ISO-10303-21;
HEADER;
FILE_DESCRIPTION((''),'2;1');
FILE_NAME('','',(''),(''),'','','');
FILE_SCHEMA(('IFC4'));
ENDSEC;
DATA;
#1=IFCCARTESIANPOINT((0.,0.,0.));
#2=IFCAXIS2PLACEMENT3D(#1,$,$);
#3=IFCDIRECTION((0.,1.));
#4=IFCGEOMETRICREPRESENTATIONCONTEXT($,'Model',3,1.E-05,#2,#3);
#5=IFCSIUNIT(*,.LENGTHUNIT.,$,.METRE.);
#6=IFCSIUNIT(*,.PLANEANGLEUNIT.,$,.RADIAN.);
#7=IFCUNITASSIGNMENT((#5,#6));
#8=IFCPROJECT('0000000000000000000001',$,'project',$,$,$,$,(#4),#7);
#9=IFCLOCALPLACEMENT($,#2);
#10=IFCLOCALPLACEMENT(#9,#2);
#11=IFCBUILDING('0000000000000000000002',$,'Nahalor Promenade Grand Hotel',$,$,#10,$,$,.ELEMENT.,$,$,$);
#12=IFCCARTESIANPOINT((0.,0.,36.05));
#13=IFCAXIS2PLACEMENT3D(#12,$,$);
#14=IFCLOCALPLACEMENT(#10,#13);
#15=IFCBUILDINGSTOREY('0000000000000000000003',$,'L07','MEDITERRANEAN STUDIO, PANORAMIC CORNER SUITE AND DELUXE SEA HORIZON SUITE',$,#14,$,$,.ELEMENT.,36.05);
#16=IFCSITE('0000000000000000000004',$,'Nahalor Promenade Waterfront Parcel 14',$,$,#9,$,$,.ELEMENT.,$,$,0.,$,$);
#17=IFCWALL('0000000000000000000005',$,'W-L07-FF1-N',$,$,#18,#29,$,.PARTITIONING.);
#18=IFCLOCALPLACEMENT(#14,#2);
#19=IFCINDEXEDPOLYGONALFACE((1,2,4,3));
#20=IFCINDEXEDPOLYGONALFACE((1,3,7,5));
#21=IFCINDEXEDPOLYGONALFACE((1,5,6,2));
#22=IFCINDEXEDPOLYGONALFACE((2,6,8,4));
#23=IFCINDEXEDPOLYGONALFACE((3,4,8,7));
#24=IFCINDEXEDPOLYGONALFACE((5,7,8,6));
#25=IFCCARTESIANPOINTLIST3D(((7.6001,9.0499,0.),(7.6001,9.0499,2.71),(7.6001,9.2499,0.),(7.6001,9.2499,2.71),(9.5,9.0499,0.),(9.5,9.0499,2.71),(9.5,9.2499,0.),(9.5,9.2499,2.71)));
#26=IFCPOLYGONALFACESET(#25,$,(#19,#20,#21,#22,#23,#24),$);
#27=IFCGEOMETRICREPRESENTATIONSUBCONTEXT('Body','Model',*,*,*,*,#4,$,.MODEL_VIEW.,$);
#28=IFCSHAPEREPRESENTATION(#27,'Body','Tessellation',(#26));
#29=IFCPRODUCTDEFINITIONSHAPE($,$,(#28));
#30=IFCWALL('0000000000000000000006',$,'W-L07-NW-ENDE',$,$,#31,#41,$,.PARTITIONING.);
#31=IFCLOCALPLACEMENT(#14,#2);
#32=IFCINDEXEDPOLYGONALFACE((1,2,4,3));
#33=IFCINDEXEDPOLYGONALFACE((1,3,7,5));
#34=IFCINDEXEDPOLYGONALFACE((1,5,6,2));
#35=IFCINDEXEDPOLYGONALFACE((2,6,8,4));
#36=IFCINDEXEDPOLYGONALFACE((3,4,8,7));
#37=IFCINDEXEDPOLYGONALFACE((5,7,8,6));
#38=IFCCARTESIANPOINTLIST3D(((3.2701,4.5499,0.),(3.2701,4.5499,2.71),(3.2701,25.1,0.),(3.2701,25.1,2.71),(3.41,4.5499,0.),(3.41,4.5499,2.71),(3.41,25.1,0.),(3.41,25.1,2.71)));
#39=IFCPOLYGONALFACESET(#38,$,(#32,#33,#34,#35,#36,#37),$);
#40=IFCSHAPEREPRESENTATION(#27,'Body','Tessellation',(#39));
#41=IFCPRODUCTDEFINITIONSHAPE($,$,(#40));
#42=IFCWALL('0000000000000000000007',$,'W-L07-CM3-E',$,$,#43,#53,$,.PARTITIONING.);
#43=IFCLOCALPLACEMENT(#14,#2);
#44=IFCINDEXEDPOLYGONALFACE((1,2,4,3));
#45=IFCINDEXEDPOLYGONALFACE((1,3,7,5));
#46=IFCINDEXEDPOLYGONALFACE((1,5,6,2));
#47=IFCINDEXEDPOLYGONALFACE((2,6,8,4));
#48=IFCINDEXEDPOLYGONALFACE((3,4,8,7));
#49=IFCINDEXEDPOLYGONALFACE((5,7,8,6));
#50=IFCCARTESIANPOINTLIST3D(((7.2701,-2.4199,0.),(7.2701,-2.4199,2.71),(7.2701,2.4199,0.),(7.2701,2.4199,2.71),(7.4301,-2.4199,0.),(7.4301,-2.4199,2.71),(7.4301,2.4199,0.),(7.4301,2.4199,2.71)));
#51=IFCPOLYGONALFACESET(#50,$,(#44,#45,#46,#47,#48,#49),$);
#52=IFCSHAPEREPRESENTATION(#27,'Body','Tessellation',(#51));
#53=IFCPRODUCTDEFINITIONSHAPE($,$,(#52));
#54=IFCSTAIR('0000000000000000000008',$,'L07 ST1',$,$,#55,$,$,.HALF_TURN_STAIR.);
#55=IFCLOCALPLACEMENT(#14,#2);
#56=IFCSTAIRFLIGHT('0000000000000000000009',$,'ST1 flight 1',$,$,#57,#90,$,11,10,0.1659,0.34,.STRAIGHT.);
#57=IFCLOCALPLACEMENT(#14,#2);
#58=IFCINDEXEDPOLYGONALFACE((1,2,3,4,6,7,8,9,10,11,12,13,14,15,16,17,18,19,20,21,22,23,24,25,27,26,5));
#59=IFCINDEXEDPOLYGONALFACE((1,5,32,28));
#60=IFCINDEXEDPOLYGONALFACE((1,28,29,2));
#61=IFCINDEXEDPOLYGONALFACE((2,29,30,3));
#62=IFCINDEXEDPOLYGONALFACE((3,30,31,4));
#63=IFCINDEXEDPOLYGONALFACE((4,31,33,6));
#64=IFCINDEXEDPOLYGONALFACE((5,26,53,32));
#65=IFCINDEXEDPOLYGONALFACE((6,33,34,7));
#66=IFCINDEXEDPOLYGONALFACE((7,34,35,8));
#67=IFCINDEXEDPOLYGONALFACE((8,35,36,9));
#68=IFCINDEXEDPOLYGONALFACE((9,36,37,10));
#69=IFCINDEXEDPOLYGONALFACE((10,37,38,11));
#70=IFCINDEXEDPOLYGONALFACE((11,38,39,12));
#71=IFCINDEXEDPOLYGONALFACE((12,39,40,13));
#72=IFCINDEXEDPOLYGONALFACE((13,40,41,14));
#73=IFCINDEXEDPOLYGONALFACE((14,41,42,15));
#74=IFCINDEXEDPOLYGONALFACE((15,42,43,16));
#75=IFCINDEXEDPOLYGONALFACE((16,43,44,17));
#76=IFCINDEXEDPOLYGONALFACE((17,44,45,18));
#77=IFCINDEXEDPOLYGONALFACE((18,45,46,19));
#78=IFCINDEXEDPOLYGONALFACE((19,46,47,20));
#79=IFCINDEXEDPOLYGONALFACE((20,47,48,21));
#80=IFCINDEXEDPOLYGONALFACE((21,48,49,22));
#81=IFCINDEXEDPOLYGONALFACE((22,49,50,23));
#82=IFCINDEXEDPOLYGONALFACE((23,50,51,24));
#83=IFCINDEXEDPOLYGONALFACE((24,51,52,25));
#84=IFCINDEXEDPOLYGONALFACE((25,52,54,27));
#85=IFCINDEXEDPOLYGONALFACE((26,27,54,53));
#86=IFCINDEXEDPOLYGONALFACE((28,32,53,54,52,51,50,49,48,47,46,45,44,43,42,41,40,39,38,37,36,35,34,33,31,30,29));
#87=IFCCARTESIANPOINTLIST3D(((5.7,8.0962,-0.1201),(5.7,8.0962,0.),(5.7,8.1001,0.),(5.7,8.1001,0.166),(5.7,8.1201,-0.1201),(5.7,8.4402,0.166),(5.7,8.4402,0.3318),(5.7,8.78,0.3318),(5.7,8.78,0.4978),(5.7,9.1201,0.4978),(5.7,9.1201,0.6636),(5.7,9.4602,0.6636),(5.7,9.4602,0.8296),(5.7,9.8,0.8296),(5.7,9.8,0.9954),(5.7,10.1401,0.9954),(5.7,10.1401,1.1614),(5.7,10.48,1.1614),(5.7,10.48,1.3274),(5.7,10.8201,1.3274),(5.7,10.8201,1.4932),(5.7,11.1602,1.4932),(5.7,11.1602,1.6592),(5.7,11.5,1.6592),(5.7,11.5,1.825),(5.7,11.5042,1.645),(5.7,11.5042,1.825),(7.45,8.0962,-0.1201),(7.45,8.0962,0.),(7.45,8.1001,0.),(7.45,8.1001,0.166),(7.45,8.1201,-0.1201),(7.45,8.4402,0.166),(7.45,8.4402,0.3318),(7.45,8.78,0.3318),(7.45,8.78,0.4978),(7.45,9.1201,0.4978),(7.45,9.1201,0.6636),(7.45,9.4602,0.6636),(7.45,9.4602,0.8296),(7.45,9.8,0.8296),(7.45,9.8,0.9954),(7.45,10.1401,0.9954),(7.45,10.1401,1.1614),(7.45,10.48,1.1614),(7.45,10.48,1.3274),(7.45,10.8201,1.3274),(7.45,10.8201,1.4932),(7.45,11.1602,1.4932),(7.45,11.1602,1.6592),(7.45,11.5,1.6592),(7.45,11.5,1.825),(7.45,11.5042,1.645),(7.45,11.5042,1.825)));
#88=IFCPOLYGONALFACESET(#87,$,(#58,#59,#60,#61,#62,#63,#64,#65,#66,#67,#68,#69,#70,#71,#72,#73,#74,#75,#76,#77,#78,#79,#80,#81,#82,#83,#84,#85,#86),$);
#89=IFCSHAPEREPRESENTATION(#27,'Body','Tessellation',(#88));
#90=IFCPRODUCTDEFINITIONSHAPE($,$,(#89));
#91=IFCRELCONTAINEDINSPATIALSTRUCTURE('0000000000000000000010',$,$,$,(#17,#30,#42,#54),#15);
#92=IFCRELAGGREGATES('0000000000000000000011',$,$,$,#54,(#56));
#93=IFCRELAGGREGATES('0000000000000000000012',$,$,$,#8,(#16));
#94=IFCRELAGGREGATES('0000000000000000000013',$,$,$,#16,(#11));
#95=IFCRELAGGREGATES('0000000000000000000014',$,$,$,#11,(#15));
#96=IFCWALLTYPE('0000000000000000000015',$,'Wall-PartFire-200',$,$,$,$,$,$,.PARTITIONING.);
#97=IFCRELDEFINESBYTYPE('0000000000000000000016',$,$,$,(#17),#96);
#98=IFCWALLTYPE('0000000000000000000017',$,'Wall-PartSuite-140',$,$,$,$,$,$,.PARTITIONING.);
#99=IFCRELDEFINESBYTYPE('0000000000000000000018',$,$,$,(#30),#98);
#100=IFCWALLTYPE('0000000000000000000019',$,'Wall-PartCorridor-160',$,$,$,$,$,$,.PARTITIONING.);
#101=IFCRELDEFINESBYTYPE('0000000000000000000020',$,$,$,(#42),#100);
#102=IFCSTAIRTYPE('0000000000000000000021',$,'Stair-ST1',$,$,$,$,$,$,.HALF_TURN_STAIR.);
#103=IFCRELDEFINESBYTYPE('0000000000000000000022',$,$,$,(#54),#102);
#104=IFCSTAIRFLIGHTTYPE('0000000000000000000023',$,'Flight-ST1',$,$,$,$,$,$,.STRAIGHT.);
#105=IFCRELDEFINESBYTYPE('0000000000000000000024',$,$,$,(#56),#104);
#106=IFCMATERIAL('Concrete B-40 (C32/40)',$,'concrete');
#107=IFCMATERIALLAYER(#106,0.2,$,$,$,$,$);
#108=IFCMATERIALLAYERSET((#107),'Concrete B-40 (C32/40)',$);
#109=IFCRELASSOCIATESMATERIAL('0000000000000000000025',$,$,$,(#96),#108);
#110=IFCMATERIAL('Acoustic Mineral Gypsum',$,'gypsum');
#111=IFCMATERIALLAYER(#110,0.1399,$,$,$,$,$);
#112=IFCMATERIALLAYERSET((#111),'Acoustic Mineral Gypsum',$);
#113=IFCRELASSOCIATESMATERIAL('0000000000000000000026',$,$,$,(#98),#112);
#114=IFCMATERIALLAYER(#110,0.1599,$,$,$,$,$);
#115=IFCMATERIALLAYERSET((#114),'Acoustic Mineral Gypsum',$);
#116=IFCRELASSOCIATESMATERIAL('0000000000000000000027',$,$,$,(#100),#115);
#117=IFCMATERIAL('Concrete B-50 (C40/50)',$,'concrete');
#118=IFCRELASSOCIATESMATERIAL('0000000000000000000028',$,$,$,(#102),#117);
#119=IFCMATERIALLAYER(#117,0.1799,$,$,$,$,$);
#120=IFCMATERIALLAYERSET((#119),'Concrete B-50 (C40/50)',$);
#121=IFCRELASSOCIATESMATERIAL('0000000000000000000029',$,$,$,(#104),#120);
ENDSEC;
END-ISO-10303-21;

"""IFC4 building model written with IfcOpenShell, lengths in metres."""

from ifc_helpers import new_model, si_unit, direction, frame, frame_2d, origin, place, context, subcontext, project, spatial, polyline, rectangle, outline, extrude, source, transform, mapped, material, layer, layer_set, type_object, element, aggregate, save


model = new_model("IFC4")

# Units and contexts
model_context = context("Model", 3, precision=1e-05, world=origin(), true_north=direction((0.0, 1.0)))
body_context = subcontext(model_context, "Body", "Model", "MODEL_VIEW")
ifc_project = project(units=[si_unit("LENGTHUNIT", "METRE"), si_unit("PLANEANGLEUNIT", "RADIAN")], contexts=[model_context])

# Site, building, storey
site_placement = place(None, origin())
site = spatial("IfcSite", under=ifc_project, at=site_placement, Name="Nahalor Promenade Waterfront Parcel 14", CompositionType="ELEMENT", RefElevation=0.0)
building_placement = place(site_placement, origin())
building = spatial("IfcBuilding", under=site, at=building_placement, Name="Nahalor Promenade Grand Hotel", CompositionType="ELEMENT")
storey_placement = place(building_placement, frame((0.0, 0.0, 36.05)))
storey = spatial("IfcBuildingStorey", under=building, at=storey_placement, Name="L07", Description="MEDITERRANEAN STUDIO, PANORAMIC CORNER SUITE AND DELUXE SEA HORIZON SUITE", CompositionType="ELEMENT", Elevation=36.05)

# Shared definitions
ifc_material_1 = material(Name="Concrete B-50 (C40/50)", Category="concrete")

# Wall
ifc_material_2 = material(Name="Concrete B-40 (C32/40)", Category="concrete")
ifc_layer_1 = layer(ifc_material_2, 0.2)
ifc_layer_set_1 = layer_set([ifc_layer_1], Name="Concrete B-40 (C32/40)")
wall_type_1 = type_object("IfcWallType", Name="Wall-PartFire-200", PredefinedType="PARTITIONING", material=ifc_layer_set_1)
shared_shape_1 = source(origin(), body_context, "Body", "SweptSolid", [
    extrude(rectangle(XDim=1.8999, YDim=0.2, at=frame_2d((0.95, 0.0))), origin(), (0.0, 0.0, 1.0), 2.71),
])
wall_1_placement = place(storey_placement, frame((7.6001, 9.1499, 0.0), z_axis=(0.0, 0.0, 1.0), x_axis=(1.0, 0.0, 0.0)))
element("IfcWall", 1, at=wall_1_placement, inside=storey, type_object=wall_type_1, Name="W-L07-FF1-N", PredefinedType="PARTITIONING", context=body_context, shape_type="MappedRepresentation", body=[
    mapped(shared_shape_1, transform((0.0, 0.0, 0.0), scale=1.0)),
])

# Walls
ifc_material_3 = material(Name="Acoustic Mineral Gypsum", Category="gypsum")
ifc_layer_2 = layer(ifc_material_3, 0.1399)
ifc_layer_set_2 = layer_set([ifc_layer_2], Name="Acoustic Mineral Gypsum")
wall_type_2 = type_object("IfcWallType", Name="Wall-PartSuite-140", PredefinedType="PARTITIONING", material=ifc_layer_set_2)
shared_shape_2 = source(origin(), body_context, "Body", "SweptSolid", [
    extrude(rectangle(XDim=20.55, YDim=0.1399, at=frame_2d((10.2749, 0.0))), origin(), (0.0, 0.0, 1.0), 2.71),
])
wall_2_placement = place(storey_placement, frame((3.3401, 4.55, 0.0), z_axis=(0.0, 0.0, 1.0), x_axis=(0.0, 1.0, 0.0)))
element("IfcWall", 2, at=wall_2_placement, inside=storey, type_object=wall_type_2, Name="W-L07-NW-ENDE", PredefinedType="PARTITIONING", context=body_context, shape_type="MappedRepresentation", body=[
    mapped(shared_shape_2, transform((0.0, 0.0, 0.0), scale=1.0)),
])
ifc_layer_3 = layer(ifc_material_3, 0.1599)
ifc_layer_set_3 = layer_set([ifc_layer_3], Name="Acoustic Mineral Gypsum")
wall_type_3 = type_object("IfcWallType", Name="Wall-PartCorridor-160", PredefinedType="PARTITIONING", material=ifc_layer_set_3)
shared_shape_3 = source(origin(), body_context, "Body", "SweptSolid", [
    extrude(rectangle(XDim=4.8398, YDim=0.1599, at=frame_2d((2.4199, 0.0))), origin(), (0.0, 0.0, 1.0), 2.71),
])
wall_3_placement = place(storey_placement, frame((7.3501, -2.4199, 0.0), z_axis=(0.0, 0.0, 1.0), x_axis=(0.0, 1.0, 0.0)))
element("IfcWall", 3, at=wall_3_placement, inside=storey, type_object=wall_type_3, Name="W-L07-CM3-E", PredefinedType="PARTITIONING", context=body_context, shape_type="MappedRepresentation", body=[
    mapped(shared_shape_3, transform((0.0, 0.0, 0.0), scale=1.0)),
])

# Stair, stair flight
stair_type = type_object("IfcStairType", Name="Stair-ST1", PredefinedType="HALF_TURN_STAIR", material=ifc_material_1)
stair_placement = place(storey_placement, origin())
stair = element("IfcStair", 4, at=stair_placement, inside=storey, type_object=stair_type, Name="L07 ST1", PredefinedType="HALF_TURN_STAIR")
ifc_layer_4 = layer(ifc_material_1, 0.1799)
ifc_layer_set_4 = layer_set([ifc_layer_4], Name="Concrete B-50 (C40/50)")
stair_flight_type = type_object("IfcStairFlightType", Name="Flight-ST1", PredefinedType="STRAIGHT", material=ifc_layer_set_4)
shared_shape_4 = source(origin(), body_context, "Body", "SweptSolid", [
    extrude(outline(polyline([(-0.0039, -0.1201), (-0.0039, 0.0), (0.0, 0.0), (0.0, 0.166), (0.3401, 0.166), (0.3401, 0.3318), (0.6799, 0.3318), (0.6799, 0.4978), (1.02, 0.4978), (1.02, 0.6636), (1.3601, 0.6636), (1.3601, 0.8296), (1.7, 0.8296), (1.7, 0.9954), (2.04, 0.9954), (2.04, 1.1614), (2.3799, 1.1614), (2.3799, 1.3274), (2.72, 1.3274), (2.72, 1.4932), (3.0601, 1.4932), (3.0601, 1.6592), (3.3999, 1.6592), (3.3999, 1.825), (3.4041, 1.825), (3.4041, 1.645), (0.02, -0.1201), (-0.0039, -0.1201)])), frame((0.0, 0.875, 0.0), z_axis=(0.0, -1.0, 0.0), x_axis=(1.0, 0.0, 0.0)), (0.0, 0.0, 1.0), 1.75),
])
stair_flight_placement = place(storey_placement, frame((6.575, 8.1001, 0.0), z_axis=(0.0, 0.0, 1.0), x_axis=(0.0, 1.0, 0.0)))
stair_flight = element("IfcStairFlight", 5, at=stair_flight_placement, type_object=stair_flight_type, Name="ST1 flight 1", NumberOfRisers=11, NumberOfTreads=10, PredefinedType="STRAIGHT", RiserHeight=0.1659, TreadLength=0.34, context=body_context, shape_type="MappedRepresentation", body=[
    mapped(shared_shape_4, transform((0.0, 0.0, 0.0), scale=1.0)),
])
aggregate(stair, [stair_flight])

save(model, "model.ifc")
